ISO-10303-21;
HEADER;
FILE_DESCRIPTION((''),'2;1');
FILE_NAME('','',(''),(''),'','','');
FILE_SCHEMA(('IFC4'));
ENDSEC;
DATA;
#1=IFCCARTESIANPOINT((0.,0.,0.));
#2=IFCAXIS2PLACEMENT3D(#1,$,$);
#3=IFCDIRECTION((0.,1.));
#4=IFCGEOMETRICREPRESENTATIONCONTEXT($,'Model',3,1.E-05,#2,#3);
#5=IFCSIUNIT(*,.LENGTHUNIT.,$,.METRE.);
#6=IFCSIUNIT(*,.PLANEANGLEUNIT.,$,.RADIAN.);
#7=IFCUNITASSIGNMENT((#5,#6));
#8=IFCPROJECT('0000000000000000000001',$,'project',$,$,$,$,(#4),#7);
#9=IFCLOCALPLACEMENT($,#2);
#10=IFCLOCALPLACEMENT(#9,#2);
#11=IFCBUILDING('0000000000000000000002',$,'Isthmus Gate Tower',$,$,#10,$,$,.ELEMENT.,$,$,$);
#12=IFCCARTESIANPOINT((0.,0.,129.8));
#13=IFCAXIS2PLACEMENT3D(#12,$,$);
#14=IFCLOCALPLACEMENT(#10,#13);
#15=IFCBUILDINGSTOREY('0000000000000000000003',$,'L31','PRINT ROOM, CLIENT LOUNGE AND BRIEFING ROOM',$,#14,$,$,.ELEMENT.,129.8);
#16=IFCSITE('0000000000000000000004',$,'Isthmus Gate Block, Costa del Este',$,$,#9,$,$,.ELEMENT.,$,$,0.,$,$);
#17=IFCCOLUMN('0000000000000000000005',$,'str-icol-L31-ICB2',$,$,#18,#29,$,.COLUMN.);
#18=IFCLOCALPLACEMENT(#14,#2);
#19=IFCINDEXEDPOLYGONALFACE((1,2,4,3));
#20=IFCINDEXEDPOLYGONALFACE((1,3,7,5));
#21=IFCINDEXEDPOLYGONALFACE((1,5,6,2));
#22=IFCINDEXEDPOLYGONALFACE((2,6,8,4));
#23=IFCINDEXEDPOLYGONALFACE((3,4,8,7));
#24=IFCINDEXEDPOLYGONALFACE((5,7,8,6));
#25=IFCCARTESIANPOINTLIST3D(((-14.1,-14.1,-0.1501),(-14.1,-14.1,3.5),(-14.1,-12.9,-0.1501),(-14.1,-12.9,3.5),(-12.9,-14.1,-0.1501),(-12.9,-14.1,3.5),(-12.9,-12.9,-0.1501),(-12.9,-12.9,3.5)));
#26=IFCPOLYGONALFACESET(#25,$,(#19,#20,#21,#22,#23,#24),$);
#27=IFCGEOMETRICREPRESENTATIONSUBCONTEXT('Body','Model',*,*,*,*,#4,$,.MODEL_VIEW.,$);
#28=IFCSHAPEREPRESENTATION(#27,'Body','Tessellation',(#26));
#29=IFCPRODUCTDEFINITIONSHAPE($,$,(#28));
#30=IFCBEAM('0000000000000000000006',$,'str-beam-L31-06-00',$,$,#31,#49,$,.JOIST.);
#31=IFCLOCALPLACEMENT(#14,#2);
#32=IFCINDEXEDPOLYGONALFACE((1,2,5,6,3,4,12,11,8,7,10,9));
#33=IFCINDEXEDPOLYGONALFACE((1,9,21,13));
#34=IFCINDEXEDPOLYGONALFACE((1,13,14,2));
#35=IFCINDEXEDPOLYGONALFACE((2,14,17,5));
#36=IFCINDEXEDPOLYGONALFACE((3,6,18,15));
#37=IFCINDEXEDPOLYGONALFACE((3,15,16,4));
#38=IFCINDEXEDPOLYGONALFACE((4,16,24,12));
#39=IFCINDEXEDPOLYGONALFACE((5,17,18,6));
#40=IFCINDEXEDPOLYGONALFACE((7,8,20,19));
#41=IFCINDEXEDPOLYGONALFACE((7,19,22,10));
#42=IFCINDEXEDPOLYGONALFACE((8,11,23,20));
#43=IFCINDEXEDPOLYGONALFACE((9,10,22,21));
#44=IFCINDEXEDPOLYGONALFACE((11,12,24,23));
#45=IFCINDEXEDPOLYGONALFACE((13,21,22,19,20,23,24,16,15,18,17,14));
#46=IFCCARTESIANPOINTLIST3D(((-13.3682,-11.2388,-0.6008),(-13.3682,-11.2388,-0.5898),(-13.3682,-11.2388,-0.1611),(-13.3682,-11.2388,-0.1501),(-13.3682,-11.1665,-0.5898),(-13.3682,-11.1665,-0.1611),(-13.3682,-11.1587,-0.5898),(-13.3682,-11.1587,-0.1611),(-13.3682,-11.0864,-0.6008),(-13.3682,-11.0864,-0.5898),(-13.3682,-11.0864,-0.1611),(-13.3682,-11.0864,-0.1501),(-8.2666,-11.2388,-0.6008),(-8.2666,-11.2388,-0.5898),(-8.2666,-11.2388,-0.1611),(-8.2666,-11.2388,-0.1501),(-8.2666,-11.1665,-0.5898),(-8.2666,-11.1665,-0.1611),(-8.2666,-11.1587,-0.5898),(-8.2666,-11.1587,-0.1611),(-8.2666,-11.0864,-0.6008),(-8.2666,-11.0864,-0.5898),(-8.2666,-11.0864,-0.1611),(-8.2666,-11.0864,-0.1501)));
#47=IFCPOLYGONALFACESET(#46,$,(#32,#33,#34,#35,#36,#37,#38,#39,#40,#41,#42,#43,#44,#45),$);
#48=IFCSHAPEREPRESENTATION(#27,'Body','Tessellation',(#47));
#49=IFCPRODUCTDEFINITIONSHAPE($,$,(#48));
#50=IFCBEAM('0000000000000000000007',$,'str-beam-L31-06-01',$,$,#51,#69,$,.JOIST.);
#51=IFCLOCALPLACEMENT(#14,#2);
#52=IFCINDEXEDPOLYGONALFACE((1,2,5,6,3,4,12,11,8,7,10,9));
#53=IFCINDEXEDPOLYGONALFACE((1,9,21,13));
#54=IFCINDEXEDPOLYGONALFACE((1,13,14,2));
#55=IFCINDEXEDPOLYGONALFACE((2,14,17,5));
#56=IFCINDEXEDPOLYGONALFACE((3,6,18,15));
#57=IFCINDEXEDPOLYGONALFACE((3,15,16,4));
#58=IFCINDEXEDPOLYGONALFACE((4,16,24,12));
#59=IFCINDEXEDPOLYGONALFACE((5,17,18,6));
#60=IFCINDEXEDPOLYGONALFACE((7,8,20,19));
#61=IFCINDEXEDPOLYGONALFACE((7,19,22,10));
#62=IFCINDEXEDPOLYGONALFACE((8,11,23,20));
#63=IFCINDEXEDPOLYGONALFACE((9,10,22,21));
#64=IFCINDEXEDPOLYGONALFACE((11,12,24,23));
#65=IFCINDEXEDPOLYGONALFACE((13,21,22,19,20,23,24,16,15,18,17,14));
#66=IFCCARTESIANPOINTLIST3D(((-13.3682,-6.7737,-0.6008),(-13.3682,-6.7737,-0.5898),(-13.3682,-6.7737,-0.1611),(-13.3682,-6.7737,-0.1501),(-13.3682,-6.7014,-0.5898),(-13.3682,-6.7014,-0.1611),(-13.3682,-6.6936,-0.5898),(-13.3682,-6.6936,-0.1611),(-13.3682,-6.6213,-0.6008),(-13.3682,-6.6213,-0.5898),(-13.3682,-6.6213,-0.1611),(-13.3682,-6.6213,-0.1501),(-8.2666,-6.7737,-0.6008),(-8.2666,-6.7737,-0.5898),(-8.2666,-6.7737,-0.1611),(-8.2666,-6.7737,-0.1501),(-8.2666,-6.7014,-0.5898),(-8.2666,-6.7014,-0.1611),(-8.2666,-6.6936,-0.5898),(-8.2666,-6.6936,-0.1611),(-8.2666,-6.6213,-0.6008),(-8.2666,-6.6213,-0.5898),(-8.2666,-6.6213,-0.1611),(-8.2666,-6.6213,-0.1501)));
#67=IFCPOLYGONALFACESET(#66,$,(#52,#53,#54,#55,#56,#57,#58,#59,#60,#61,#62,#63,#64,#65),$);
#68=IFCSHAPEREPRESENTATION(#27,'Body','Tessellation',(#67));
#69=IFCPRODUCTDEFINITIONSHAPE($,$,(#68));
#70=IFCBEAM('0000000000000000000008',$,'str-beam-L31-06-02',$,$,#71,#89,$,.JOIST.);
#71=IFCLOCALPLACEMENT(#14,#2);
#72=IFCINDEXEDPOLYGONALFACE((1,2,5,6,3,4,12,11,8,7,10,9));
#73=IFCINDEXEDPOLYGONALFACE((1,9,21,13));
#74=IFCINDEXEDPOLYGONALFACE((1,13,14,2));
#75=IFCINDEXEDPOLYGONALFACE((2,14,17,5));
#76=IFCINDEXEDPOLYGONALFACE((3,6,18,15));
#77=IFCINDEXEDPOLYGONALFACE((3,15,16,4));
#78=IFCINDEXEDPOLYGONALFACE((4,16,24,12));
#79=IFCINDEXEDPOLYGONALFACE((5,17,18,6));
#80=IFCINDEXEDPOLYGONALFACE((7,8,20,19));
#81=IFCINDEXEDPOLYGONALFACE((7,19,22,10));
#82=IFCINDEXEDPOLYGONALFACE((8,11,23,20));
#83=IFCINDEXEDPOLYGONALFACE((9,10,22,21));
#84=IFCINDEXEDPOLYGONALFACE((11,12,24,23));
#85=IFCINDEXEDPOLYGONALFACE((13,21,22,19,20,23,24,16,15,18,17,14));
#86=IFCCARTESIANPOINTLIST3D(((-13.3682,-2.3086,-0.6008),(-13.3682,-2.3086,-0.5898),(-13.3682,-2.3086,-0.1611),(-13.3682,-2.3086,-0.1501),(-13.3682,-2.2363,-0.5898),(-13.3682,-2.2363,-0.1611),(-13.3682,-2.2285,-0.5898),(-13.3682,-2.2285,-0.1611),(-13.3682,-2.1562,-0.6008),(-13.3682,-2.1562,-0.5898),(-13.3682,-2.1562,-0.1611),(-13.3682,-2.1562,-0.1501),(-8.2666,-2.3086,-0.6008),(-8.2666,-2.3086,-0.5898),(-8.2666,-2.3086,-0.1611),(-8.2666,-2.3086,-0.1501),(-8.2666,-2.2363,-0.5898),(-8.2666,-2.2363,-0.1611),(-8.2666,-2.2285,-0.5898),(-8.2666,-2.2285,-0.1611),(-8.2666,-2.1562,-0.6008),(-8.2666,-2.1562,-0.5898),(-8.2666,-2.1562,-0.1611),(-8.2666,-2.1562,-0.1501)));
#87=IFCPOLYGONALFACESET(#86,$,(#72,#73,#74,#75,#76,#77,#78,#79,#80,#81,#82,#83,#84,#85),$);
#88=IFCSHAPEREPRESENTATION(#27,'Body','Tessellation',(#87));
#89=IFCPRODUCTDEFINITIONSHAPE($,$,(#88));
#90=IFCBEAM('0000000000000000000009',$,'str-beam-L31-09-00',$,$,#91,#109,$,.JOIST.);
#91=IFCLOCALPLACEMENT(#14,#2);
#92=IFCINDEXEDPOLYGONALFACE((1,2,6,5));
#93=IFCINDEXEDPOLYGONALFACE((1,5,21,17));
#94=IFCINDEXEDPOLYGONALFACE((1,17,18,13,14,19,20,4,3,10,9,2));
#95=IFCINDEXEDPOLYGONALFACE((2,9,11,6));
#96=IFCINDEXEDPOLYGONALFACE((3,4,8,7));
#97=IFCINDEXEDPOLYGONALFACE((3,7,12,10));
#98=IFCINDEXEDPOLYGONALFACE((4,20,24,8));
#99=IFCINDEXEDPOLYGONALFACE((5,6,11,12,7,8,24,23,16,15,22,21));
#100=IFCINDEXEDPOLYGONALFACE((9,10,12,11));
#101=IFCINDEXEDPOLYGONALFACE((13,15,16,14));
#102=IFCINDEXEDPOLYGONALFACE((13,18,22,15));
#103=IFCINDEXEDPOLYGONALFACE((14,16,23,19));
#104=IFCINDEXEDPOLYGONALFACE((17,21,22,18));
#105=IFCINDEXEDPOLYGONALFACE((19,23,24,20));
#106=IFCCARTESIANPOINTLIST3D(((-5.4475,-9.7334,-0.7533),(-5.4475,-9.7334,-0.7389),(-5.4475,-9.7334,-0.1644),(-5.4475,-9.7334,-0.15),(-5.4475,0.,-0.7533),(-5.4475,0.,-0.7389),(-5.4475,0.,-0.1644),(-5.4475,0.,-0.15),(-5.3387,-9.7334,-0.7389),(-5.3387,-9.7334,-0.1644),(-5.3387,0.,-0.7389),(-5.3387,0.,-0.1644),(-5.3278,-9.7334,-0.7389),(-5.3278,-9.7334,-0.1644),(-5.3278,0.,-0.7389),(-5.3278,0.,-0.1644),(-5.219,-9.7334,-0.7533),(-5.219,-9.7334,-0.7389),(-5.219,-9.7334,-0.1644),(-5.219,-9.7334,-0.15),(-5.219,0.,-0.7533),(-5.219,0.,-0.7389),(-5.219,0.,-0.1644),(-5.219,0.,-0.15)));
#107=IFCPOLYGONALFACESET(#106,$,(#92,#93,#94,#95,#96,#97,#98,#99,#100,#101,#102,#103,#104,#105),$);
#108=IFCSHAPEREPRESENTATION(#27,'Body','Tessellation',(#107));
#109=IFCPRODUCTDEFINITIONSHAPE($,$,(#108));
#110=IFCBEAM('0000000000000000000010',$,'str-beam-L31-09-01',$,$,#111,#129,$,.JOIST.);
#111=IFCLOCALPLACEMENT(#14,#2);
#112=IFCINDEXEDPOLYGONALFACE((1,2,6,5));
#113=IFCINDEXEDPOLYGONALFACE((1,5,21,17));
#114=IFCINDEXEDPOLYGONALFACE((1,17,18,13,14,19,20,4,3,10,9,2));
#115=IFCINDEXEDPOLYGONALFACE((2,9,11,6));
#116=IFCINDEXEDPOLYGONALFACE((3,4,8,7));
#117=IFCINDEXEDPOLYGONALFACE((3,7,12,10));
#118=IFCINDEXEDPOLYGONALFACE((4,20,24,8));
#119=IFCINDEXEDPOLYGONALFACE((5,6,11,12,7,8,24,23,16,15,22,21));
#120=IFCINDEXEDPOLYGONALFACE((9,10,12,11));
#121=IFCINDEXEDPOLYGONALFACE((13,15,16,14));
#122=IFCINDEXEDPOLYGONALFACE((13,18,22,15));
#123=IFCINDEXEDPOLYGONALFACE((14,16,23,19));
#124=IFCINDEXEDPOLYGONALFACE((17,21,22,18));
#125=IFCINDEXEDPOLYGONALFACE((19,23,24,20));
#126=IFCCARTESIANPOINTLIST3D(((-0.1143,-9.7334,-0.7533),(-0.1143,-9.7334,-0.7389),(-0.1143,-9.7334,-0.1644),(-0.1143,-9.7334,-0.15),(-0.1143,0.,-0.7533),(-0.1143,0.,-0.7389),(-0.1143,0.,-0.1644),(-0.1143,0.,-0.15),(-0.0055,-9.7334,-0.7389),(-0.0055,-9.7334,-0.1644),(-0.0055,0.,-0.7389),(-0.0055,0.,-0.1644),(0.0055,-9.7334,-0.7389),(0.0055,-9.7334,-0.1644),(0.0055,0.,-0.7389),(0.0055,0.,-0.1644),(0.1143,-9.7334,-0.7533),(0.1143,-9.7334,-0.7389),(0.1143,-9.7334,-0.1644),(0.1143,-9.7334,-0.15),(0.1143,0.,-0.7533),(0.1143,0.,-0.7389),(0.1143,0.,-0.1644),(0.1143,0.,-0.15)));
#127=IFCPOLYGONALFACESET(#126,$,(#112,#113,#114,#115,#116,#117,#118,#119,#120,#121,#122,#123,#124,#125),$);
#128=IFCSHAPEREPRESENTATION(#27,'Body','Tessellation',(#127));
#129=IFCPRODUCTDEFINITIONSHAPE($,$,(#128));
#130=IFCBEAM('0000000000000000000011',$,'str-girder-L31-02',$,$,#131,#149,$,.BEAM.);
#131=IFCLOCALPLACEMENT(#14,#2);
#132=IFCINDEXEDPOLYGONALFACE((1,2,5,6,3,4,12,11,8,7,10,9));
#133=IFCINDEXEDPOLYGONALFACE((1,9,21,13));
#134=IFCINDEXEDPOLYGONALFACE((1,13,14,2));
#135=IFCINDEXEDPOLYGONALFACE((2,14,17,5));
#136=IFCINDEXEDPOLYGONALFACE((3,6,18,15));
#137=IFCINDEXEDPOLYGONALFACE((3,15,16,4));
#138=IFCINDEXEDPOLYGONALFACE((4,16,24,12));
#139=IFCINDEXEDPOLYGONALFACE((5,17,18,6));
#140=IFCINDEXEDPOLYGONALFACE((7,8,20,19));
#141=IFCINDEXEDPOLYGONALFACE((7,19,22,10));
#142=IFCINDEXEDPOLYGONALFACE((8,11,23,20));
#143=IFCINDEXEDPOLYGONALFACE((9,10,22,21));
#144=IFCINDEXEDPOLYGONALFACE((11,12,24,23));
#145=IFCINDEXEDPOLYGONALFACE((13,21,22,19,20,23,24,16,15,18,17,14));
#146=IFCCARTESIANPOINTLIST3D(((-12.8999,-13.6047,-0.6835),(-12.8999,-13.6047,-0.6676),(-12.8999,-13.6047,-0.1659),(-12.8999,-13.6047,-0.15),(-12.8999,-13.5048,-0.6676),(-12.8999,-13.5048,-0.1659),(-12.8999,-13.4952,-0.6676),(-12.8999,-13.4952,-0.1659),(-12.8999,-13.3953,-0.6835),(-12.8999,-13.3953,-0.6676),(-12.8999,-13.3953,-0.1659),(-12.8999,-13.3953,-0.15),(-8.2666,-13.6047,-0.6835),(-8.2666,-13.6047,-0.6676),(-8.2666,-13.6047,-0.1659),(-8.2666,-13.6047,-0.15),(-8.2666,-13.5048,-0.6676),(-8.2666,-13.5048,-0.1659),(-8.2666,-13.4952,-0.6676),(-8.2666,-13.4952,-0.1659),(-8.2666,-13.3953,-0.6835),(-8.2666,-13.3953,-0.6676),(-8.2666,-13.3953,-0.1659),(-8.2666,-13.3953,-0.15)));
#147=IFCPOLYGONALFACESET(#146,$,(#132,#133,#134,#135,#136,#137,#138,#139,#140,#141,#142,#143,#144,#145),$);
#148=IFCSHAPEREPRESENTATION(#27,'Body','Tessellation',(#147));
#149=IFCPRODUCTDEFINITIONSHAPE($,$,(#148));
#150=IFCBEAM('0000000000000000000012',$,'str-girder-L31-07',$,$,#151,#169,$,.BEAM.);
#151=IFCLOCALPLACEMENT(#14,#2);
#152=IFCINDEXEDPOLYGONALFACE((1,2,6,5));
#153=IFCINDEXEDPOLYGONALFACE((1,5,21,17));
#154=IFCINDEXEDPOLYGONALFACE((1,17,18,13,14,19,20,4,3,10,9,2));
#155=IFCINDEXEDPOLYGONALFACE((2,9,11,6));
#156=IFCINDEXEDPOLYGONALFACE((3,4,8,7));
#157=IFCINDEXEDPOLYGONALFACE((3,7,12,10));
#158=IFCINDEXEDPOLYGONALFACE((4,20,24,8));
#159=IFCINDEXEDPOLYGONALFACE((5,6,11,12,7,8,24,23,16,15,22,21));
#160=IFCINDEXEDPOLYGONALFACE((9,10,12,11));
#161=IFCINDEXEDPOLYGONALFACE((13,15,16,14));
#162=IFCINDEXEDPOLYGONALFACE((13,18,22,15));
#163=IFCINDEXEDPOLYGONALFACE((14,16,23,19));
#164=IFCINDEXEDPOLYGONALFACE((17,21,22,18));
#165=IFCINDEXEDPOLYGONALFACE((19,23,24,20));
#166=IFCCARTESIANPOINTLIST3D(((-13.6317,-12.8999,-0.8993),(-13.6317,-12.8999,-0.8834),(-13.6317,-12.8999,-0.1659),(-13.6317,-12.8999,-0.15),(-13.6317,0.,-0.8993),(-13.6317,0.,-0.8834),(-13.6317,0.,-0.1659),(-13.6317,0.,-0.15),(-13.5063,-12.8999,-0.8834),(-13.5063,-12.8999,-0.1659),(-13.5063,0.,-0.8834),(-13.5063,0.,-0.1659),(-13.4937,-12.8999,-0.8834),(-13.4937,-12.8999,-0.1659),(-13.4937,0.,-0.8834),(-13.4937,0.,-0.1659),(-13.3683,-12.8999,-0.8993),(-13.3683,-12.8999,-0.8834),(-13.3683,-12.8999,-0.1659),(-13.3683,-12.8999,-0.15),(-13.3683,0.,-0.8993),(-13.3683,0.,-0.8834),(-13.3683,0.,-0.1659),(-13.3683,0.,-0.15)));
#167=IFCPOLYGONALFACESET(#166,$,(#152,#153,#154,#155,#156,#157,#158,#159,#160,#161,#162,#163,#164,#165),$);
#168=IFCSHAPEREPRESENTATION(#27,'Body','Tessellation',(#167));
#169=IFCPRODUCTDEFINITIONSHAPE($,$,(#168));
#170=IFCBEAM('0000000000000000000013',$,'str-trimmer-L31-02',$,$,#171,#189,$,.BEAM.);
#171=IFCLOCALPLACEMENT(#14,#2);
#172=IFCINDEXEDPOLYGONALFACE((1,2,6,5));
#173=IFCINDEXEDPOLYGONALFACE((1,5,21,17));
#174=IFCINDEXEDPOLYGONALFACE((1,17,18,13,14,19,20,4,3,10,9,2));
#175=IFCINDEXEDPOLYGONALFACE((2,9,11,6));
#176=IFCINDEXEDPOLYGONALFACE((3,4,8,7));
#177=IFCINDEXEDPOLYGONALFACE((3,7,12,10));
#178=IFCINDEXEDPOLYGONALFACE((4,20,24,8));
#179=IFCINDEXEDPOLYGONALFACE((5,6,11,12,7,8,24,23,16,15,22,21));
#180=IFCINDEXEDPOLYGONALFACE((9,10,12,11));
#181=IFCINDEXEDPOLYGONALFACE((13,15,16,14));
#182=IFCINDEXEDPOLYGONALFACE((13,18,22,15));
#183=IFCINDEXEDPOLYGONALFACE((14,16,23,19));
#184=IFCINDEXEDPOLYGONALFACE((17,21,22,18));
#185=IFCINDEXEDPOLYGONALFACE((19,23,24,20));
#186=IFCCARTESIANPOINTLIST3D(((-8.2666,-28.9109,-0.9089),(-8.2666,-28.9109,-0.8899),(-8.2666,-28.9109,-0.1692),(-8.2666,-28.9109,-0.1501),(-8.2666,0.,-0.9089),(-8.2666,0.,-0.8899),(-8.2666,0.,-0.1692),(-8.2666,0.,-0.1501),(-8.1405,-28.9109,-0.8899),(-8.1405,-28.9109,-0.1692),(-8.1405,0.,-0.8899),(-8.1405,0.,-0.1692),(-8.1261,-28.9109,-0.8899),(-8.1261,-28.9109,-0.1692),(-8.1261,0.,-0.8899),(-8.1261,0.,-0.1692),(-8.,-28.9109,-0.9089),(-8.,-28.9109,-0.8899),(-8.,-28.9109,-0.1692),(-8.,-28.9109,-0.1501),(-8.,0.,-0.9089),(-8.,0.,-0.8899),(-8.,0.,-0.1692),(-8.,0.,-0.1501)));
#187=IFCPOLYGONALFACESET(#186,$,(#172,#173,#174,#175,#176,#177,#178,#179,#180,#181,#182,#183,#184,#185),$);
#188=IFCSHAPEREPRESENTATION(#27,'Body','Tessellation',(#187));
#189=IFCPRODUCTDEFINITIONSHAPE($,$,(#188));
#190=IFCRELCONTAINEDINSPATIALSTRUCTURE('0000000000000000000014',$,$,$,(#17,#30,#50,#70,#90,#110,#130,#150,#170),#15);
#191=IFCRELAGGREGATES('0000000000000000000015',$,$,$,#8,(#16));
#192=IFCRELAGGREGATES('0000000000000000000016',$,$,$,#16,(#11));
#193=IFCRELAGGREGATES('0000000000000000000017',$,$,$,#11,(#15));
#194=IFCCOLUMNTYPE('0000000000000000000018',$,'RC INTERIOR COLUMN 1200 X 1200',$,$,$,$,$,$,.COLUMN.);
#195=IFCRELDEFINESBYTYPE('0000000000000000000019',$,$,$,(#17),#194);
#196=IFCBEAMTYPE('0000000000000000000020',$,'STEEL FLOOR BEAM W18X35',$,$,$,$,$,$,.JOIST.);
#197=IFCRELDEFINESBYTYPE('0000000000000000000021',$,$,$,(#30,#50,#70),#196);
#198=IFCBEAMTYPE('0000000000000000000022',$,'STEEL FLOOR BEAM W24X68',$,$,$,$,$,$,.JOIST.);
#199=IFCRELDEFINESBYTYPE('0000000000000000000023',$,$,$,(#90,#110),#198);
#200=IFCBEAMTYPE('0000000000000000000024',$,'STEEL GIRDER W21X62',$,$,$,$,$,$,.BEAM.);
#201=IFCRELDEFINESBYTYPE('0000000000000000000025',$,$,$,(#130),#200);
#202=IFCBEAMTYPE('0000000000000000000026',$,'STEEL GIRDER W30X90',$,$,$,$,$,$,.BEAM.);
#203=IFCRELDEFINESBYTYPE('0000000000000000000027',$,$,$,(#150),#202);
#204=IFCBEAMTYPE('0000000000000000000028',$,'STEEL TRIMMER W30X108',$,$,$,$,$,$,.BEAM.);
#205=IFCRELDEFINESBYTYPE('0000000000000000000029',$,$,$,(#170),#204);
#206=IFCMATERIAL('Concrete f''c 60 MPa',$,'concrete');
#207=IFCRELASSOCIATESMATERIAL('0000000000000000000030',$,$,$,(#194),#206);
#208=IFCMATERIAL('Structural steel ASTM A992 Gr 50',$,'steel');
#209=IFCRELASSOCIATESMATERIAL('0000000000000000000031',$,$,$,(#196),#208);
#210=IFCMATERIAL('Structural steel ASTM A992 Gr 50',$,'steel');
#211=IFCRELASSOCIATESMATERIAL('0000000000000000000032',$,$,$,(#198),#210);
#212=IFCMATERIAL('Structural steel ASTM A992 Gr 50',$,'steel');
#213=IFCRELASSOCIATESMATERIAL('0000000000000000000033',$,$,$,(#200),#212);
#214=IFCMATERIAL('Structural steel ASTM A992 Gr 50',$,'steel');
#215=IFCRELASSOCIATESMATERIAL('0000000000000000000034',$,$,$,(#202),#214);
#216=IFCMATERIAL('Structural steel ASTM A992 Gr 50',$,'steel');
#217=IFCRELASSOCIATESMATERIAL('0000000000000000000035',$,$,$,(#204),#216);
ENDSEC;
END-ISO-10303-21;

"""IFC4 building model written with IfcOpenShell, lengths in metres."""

from ifc_helpers import new_model, si_unit, direction, frame, origin, origin_2d, place, context, subcontext, project, spatial, rectangle, i_section, extrude, material, material_profile, profile_set, type_object, element, save


model = new_model("IFC4")

# Units and contexts
model_context = context("Model", 3, precision=1e-05, world=origin(), true_north=direction((0.0, 1.0)))
body_context = subcontext(model_context, "Body", "Model", "MODEL_VIEW")
ifc_project = project(units=[si_unit("LENGTHUNIT", "METRE"), si_unit("PLANEANGLEUNIT", "RADIAN")], contexts=[model_context])

# Site, building, storey
site_placement = place(None, origin())
site = spatial("IfcSite", under=ifc_project, at=site_placement, Name="Isthmus Gate Block, Costa del Este", CompositionType="ELEMENT", RefElevation=0.0)
building_placement = place(site_placement, origin())
building = spatial("IfcBuilding", under=site, at=building_placement, Name="Isthmus Gate Tower", CompositionType="ELEMENT")
storey_placement = place(building_placement, frame((0.0, 0.0, 129.8)))
storey = spatial("IfcBuildingStorey", under=building, at=storey_placement, Name="L31", Description="PRINT ROOM, CLIENT LOUNGE AND BRIEFING ROOM", CompositionType="ELEMENT", Elevation=129.8)

# Column
ifc_material_1 = material(Name="Concrete f'c 60 MPa", Category="concrete")
ifc_material_profile_1 = material_profile(ifc_material_1, rectangle(XDim=1.2, YDim=1.2, at=origin_2d()), Name="RC 1200X1200")
ifc_profile_set_1 = profile_set([ifc_material_profile_1], Name="Concrete f'c 60 MPa")
column_type = type_object("IfcColumnType", Name="RC INTERIOR COLUMN 1200 X 1200", PredefinedType="COLUMN", material=ifc_profile_set_1)
column_placement = place(storey_placement, frame((-13.5, -13.5, -0.1501), z_axis=(0.0, 0.0, 1.0), x_axis=(1.0, 0.0, 0.0)))
element("IfcColumn", 1, at=column_placement, inside=storey, type_object=column_type, Name="str-icol-L31-ICB2", PredefinedType="COLUMN", context=body_context, shape_type="SweptSolid", body=[
    extrude(rectangle(XDim=1.2, YDim=1.2, at=origin_2d()), origin(), (0.0, 0.0, 1.0), 3.6501),
])

# Beams
ifc_material_2 = material(Name="Structural steel ASTM A992 Gr 50", Category="steel")
ifc_material_profile_2 = material_profile(ifc_material_2, i_section(OverallWidth=0.1523, OverallDepth=0.4507, WebThickness=0.0078, FlangeThickness=0.011, at=origin_2d()), Name="W18X35")
ifc_profile_set_2 = profile_set([ifc_material_profile_2], Name="Structural steel ASTM A992 Gr 50")
beam_type_1 = type_object("IfcBeamType", Name="STEEL FLOOR BEAM W18X35", PredefinedType="JOIST", material=ifc_profile_set_2)
for number, where, z_axis, x_axis, name in (
    (2, (-13.3682, -11.1626, -0.3755), (1.0, 0.0, 0.0), (0.0, 1.0, 0.0), "str-beam-L31-06-00"),
    (3, (-13.3682, -6.6975, -0.3755), (1.0, 0.0, 0.0), (0.0, 1.0, 0.0), "str-beam-L31-06-01"),
    (4, (-13.3682, -2.2324, -0.3755), (1.0, 0.0, 0.0), (0.0, 1.0, 0.0), "str-beam-L31-06-02"),
):
    element("IfcBeam", number, at=place(storey_placement, frame(where, z_axis=z_axis, x_axis=x_axis)), inside=storey, type_object=beam_type_1, Name=name, PredefinedType="JOIST", context=body_context, shape_type="SweptSolid", body=[
        extrude(i_section(OverallWidth=0.1523, OverallDepth=0.4507, WebThickness=0.0078, FlangeThickness=0.011, at=origin_2d()), origin(), (0.0, 0.0, 1.0), 5.1016),
    ])
ifc_material_3 = material(Name="Structural steel ASTM A992 Gr 50", Category="steel")
ifc_material_profile_3 = material_profile(ifc_material_3, i_section(OverallWidth=0.2285, OverallDepth=0.6033, WebThickness=0.011, FlangeThickness=0.0144, at=origin_2d()), Name="W24X68")
ifc_profile_set_3 = profile_set([ifc_material_profile_3], Name="Structural steel ASTM A992 Gr 50")
beam_type_2 = type_object("IfcBeamType", Name="STEEL FLOOR BEAM W24X68", PredefinedType="JOIST", material=ifc_profile_set_3)
for number, where, z_axis, x_axis, name in (
    (5, (-5.3333, -9.7334, -0.4517), (0.0, 1.0, 0.0), (-1.0, 0.0, 0.0), "str-beam-L31-09-00"),
    (6, (0.0, -9.7334, -0.4517), (0.0, 1.0, 0.0), (-1.0, 0.0, 0.0), "str-beam-L31-09-01"),
):
    element("IfcBeam", number, at=place(storey_placement, frame(where, z_axis=z_axis, x_axis=x_axis)), inside=storey, type_object=beam_type_2, Name=name, PredefinedType="JOIST", context=body_context, shape_type="SweptSolid", body=[
        extrude(i_section(OverallWidth=0.2285, OverallDepth=0.6033, WebThickness=0.011, FlangeThickness=0.0144, at=origin_2d()), origin(), (0.0, 0.0, 1.0), 9.7334),
    ])
ifc_material_4 = material(Name="Structural steel ASTM A992 Gr 50", Category="steel")
ifc_material_profile_4 = material_profile(ifc_material_4, i_section(OverallWidth=0.2095, OverallDepth=0.5334, WebThickness=0.0095, FlangeThickness=0.0159, at=origin_2d()), Name="W21X62")
ifc_profile_set_4 = profile_set([ifc_material_profile_4], Name="Structural steel ASTM A992 Gr 50")
beam_type_3 = type_object("IfcBeamType", Name="STEEL GIRDER W21X62", PredefinedType="BEAM", material=ifc_profile_set_4)
beam_1_placement = place(storey_placement, frame((-12.8999, -13.5, -0.4167), z_axis=(1.0, 0.0, 0.0), x_axis=(0.0, 1.0, 0.0)))
element("IfcBeam", 7, at=beam_1_placement, inside=storey, type_object=beam_type_3, Name="str-girder-L31-02", PredefinedType="BEAM", context=body_context, shape_type="SweptSolid", body=[
    extrude(i_section(OverallWidth=0.2095, OverallDepth=0.5334, WebThickness=0.0095, FlangeThickness=0.0159, at=origin_2d()), origin(), (0.0, 0.0, 1.0), 4.6333),
])
ifc_material_5 = material(Name="Structural steel ASTM A992 Gr 50", Category="steel")
ifc_material_profile_5 = material_profile(ifc_material_5, i_section(OverallWidth=0.2634, OverallDepth=0.7493, WebThickness=0.0127, FlangeThickness=0.0159, at=origin_2d()), Name="W30X90")
ifc_profile_set_5 = profile_set([ifc_material_profile_5], Name="Structural steel ASTM A992 Gr 50")
beam_type_4 = type_object("IfcBeamType", Name="STEEL GIRDER W30X90", PredefinedType="BEAM", material=ifc_profile_set_5)
beam_2_placement = place(storey_placement, frame((-13.5, -12.8999, -0.5247), z_axis=(0.0, 1.0, 0.0), x_axis=(-1.0, 0.0, 0.0)))
element("IfcBeam", 8, at=beam_2_placement, inside=storey, type_object=beam_type_4, Name="str-girder-L31-07", PredefinedType="BEAM", context=body_context, shape_type="SweptSolid", body=[
    extrude(i_section(OverallWidth=0.2634, OverallDepth=0.7493, WebThickness=0.0127, FlangeThickness=0.0159, at=origin_2d()), origin(), (0.0, 0.0, 1.0), 12.8999),
])
ifc_material_6 = material(Name="Structural steel ASTM A992 Gr 50", Category="steel")
ifc_material_profile_6 = material_profile(ifc_material_6, i_section(OverallWidth=0.2666, OverallDepth=0.7588, WebThickness=0.0144, FlangeThickness=0.019, at=origin_2d()), Name="W30X108")
ifc_profile_set_6 = profile_set([ifc_material_profile_6], Name="Structural steel ASTM A992 Gr 50")
beam_type_5 = type_object("IfcBeamType", Name="STEEL TRIMMER W30X108", PredefinedType="BEAM", material=ifc_profile_set_6)
beam_3_placement = place(storey_placement, frame((-8.1333, 0.0, -0.5295), z_axis=(0.0, -1.0, 0.0), x_axis=(1.0, 0.0, 0.0)))
element("IfcBeam", 9, at=beam_3_placement, inside=storey, type_object=beam_type_5, Name="str-trimmer-L31-02", PredefinedType="BEAM", context=body_context, shape_type="SweptSolid", body=[
    extrude(i_section(OverallWidth=0.2666, OverallDepth=0.7588, WebThickness=0.0144, FlangeThickness=0.019, at=origin_2d()), origin(), (0.0, 0.0, 1.0), 28.9109),
])

save(model, "model.ifc")
